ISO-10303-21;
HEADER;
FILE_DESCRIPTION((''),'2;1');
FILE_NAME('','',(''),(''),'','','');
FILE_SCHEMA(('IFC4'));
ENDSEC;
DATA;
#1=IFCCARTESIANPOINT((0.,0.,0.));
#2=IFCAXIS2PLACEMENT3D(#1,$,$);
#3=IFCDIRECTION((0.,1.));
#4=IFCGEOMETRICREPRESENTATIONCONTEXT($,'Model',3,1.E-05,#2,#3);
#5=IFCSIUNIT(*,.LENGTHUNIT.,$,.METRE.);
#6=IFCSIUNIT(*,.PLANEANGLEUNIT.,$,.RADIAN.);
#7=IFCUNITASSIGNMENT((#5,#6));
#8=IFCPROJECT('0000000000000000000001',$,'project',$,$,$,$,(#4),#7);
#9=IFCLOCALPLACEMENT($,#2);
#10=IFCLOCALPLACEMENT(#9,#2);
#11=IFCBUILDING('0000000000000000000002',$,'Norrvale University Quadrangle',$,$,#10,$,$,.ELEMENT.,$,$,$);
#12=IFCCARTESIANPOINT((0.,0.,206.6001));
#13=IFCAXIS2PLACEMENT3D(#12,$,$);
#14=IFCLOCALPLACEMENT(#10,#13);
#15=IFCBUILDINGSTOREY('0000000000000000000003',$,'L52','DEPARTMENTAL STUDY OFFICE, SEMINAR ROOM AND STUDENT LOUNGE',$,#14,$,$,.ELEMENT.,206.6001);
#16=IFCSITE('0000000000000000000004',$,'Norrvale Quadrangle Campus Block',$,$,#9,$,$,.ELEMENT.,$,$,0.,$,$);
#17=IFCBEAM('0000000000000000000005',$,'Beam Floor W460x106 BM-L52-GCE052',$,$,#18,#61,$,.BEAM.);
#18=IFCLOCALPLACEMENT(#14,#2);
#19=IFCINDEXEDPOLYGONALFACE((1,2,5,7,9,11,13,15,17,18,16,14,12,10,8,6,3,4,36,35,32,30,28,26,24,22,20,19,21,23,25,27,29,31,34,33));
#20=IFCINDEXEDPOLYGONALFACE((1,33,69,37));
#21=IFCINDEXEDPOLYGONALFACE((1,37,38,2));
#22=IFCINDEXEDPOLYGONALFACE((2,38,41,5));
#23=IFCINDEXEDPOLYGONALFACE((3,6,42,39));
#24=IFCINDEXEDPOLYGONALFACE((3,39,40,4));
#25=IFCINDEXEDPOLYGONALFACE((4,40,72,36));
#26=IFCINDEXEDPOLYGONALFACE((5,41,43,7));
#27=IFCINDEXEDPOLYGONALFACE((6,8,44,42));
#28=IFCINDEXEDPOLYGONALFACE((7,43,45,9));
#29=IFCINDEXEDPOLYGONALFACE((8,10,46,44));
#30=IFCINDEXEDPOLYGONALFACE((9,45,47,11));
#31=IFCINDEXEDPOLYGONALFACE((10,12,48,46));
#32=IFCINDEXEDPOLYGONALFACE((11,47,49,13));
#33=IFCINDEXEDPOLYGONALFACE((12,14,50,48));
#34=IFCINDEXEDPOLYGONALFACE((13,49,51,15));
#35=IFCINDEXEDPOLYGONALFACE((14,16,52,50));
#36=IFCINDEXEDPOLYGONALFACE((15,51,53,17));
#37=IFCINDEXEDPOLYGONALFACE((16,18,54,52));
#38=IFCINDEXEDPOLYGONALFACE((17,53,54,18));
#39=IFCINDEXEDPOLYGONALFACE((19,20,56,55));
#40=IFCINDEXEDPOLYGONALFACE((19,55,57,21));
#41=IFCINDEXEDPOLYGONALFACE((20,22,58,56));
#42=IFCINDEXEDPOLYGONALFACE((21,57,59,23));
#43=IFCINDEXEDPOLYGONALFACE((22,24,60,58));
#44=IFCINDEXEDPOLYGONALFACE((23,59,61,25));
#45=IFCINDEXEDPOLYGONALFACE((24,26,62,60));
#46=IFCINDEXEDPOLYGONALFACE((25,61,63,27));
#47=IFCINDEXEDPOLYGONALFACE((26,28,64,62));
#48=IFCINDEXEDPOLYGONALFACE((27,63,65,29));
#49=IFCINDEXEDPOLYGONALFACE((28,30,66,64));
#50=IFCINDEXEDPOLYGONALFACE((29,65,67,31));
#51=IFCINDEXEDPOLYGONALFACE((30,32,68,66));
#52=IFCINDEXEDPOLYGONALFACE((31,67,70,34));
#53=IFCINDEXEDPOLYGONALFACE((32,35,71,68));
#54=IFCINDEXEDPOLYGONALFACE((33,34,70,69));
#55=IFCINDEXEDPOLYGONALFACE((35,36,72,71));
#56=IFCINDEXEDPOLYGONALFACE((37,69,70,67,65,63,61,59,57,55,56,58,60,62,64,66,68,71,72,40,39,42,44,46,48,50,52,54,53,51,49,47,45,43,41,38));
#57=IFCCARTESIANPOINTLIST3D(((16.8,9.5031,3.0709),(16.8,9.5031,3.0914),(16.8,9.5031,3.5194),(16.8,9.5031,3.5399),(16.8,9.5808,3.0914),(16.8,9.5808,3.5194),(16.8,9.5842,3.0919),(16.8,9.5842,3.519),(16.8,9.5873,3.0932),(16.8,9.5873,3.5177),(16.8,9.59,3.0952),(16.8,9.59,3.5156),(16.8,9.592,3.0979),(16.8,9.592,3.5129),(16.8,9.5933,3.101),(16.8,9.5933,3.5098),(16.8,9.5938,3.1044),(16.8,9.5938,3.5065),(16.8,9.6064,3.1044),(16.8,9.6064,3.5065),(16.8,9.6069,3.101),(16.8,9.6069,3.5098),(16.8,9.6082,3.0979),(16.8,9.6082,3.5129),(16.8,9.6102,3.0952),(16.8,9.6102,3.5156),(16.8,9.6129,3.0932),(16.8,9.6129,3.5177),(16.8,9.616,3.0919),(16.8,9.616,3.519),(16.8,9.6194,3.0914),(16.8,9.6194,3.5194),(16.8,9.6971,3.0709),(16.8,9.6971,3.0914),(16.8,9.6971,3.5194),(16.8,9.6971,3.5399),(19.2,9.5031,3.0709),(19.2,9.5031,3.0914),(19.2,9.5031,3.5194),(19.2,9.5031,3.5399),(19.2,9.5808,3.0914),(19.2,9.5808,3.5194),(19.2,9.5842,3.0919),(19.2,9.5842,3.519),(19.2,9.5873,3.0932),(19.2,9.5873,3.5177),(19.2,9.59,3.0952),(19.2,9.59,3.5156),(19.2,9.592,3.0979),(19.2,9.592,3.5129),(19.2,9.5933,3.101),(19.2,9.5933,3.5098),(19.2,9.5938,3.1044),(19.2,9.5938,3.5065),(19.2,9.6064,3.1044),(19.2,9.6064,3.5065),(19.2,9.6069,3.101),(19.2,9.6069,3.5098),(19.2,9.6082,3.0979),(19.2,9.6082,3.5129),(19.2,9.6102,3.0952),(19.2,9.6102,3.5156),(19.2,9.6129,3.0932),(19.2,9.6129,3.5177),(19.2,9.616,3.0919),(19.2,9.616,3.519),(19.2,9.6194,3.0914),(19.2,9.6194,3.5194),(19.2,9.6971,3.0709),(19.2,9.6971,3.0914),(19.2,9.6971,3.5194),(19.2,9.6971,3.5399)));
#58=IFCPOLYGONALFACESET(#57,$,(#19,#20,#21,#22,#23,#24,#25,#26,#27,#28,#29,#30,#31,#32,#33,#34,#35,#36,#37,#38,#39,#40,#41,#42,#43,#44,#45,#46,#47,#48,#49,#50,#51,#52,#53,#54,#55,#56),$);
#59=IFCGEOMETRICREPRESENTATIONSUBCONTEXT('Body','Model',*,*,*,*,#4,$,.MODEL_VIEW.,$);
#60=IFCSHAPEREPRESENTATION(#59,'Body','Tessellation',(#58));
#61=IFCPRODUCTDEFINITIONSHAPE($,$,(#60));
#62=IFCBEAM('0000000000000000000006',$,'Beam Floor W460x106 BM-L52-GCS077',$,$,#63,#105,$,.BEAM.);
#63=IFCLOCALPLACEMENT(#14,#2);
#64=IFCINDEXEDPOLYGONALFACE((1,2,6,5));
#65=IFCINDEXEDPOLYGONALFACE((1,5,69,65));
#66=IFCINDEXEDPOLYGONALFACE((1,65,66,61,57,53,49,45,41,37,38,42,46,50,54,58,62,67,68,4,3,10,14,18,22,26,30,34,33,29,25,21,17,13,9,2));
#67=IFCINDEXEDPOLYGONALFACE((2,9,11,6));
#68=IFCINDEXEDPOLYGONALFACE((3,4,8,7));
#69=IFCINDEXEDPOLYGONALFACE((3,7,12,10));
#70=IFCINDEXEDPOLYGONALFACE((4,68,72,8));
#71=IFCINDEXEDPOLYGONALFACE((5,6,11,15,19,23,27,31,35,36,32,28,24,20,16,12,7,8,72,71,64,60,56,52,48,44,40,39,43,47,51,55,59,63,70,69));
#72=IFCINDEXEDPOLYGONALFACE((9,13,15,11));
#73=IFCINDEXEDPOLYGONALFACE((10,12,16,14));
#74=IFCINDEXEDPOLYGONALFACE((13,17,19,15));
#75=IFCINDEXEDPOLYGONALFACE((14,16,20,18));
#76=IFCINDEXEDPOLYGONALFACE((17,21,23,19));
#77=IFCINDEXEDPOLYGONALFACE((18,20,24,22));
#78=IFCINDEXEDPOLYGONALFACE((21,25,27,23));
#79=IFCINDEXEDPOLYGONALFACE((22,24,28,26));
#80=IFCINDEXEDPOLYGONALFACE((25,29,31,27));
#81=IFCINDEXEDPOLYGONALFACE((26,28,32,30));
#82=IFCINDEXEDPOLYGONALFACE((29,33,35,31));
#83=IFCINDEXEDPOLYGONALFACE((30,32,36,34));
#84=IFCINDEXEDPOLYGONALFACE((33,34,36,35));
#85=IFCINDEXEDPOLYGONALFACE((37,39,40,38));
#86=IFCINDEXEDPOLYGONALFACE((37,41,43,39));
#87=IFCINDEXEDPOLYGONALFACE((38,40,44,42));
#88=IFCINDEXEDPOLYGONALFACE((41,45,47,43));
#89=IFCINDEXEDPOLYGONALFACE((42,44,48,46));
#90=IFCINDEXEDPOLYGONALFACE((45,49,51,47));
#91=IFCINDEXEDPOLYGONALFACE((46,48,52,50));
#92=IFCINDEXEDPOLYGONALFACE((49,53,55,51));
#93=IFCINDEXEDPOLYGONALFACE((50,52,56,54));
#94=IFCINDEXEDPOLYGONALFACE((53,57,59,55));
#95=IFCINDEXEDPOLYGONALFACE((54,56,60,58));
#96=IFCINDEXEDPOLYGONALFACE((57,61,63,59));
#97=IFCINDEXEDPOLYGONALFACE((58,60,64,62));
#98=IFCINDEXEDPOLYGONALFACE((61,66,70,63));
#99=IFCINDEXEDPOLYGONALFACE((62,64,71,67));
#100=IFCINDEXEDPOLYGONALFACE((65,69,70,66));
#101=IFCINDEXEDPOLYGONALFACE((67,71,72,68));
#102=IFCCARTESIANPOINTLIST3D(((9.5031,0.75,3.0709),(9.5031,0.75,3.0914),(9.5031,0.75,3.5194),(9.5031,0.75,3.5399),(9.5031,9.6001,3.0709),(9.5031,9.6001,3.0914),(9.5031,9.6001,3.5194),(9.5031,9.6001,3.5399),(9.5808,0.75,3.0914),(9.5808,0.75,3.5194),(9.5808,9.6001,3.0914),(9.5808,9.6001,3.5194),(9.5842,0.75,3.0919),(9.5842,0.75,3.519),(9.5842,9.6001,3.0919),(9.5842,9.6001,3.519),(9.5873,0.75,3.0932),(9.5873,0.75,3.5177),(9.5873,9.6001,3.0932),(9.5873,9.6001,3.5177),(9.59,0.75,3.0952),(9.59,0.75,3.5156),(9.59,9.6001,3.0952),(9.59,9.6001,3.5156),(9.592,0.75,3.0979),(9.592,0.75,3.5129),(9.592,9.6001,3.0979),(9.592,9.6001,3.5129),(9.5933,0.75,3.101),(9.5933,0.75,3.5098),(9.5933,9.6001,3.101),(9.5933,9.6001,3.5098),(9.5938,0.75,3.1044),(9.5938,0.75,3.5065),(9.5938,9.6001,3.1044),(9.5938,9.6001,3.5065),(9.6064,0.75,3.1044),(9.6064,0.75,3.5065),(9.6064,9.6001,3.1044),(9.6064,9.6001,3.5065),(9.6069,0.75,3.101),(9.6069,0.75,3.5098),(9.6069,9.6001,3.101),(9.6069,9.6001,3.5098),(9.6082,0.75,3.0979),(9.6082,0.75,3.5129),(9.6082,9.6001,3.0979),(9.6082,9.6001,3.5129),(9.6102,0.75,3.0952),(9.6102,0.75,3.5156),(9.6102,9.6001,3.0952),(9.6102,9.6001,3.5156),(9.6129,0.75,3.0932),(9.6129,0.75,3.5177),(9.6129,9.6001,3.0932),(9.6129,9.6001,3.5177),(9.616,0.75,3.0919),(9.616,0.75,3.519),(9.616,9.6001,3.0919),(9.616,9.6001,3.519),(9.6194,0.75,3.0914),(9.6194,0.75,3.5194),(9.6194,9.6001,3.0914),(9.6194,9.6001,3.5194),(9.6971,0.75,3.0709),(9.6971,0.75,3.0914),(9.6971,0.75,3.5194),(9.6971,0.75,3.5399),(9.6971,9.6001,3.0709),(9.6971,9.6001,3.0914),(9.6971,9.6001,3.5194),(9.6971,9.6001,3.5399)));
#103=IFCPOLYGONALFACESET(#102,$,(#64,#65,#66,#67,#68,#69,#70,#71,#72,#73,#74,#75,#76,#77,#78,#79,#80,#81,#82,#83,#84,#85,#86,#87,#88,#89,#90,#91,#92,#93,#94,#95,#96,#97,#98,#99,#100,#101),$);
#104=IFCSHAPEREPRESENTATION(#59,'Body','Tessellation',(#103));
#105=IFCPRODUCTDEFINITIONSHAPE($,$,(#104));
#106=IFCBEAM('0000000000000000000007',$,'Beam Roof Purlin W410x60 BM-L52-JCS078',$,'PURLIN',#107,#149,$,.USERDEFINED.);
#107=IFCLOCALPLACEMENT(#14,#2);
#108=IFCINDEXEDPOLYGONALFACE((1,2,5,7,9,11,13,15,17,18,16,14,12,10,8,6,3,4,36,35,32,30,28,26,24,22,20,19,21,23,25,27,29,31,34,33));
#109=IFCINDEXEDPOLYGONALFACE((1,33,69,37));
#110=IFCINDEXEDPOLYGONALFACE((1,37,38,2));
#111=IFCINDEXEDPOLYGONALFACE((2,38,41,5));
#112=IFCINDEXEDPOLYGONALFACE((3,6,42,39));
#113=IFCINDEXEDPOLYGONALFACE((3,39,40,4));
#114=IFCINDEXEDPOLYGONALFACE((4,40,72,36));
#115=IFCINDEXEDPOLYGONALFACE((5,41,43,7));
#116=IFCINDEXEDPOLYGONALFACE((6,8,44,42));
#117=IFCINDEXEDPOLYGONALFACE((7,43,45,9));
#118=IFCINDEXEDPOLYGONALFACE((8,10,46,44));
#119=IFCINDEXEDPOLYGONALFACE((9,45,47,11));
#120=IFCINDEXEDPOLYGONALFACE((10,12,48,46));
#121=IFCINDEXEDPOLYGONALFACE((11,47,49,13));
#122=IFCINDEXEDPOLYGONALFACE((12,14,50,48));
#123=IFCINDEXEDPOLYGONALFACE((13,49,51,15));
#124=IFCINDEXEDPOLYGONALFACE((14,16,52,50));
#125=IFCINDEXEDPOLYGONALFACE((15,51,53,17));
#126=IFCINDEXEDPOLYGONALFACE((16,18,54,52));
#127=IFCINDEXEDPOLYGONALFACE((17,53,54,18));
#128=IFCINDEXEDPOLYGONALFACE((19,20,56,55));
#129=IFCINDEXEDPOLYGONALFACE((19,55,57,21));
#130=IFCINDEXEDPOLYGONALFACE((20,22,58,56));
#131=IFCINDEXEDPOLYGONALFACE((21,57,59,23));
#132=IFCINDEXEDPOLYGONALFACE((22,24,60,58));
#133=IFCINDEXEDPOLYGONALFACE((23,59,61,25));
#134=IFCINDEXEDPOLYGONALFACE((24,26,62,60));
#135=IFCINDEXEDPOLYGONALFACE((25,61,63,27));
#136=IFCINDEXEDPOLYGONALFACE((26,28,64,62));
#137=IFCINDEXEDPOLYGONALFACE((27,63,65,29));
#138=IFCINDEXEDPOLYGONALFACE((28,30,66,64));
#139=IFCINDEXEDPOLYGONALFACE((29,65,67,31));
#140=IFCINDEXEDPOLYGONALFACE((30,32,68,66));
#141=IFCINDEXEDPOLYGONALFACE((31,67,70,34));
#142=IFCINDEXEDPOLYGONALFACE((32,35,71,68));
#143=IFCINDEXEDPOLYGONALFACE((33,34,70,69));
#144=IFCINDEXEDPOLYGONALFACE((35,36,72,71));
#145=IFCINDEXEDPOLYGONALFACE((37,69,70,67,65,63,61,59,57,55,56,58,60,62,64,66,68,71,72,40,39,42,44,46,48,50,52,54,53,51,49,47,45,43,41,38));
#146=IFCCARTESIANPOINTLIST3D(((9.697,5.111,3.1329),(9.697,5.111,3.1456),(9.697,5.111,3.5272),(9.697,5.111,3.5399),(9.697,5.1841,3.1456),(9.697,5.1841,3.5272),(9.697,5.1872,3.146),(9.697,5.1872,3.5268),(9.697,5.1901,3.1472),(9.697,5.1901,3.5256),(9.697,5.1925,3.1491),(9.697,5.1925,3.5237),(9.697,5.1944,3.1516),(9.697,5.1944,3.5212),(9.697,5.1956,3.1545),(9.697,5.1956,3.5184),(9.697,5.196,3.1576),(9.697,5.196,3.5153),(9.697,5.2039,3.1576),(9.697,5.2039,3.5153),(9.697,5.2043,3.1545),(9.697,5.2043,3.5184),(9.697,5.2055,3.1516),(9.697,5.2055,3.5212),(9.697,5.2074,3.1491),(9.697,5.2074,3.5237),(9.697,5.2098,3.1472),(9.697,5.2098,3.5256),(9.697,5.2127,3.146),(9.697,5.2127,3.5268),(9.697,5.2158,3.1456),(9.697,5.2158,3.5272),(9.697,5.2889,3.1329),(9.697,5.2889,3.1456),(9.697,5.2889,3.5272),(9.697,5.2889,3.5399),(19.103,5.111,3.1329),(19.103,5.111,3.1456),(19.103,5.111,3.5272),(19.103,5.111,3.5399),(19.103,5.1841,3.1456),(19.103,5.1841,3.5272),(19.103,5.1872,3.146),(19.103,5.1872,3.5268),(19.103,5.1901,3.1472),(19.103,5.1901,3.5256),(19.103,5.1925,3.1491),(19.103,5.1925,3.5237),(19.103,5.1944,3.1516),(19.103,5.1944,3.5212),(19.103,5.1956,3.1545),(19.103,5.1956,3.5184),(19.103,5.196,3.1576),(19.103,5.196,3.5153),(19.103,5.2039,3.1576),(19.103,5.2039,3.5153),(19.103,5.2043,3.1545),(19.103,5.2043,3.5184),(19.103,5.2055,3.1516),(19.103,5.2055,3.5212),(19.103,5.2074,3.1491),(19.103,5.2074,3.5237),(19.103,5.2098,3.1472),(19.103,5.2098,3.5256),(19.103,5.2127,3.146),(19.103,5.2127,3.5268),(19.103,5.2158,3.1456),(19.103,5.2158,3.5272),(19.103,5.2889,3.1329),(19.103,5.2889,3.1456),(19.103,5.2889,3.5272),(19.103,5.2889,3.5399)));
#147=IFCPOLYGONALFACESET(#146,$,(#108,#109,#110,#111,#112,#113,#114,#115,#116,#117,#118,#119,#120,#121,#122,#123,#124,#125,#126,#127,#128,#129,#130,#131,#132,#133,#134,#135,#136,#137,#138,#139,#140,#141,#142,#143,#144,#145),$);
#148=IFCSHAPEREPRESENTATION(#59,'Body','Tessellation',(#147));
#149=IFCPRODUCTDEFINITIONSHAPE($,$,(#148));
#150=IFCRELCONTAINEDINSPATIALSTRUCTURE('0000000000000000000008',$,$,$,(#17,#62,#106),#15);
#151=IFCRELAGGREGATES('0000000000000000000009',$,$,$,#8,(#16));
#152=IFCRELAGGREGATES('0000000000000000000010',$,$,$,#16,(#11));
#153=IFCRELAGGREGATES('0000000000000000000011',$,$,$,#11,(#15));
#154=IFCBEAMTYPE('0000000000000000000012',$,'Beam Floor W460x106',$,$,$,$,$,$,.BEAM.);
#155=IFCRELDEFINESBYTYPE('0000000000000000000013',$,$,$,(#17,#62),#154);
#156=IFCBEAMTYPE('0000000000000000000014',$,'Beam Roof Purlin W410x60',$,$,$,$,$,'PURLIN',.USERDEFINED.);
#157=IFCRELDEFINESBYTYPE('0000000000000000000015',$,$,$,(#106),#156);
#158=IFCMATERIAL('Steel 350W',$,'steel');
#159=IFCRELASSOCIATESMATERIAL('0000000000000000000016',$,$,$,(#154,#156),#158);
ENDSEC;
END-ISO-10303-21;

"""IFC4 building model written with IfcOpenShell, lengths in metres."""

from ifc_helpers import new_model, si_unit, direction, frame, origin, origin_2d, place, context, subcontext, project, spatial, i_section, extrude, material, material_profile, profile_set, type_object, element, save


model = new_model("IFC4")

# Units and contexts
model_context = context("Model", 3, precision=1e-05, world=origin(), true_north=direction((0.0, 1.0)))
body_context = subcontext(model_context, "Body", "Model", "MODEL_VIEW")
ifc_project = project(units=[si_unit("LENGTHUNIT", "METRE"), si_unit("PLANEANGLEUNIT", "RADIAN")], contexts=[model_context])

# Site, building, storey
site_placement = place(None, origin())
site = spatial("IfcSite", under=ifc_project, at=site_placement, Name="Norrvale Quadrangle Campus Block", CompositionType="ELEMENT", RefElevation=0.0)
building_placement = place(site_placement, origin())
building = spatial("IfcBuilding", under=site, at=building_placement, Name="Norrvale University Quadrangle", CompositionType="ELEMENT")
storey_placement = place(building_placement, frame((0.0, 0.0, 206.6001)))
storey = spatial("IfcBuildingStorey", under=building, at=storey_placement, Name="L52", Description="DEPARTMENTAL STUDY OFFICE, SEMINAR ROOM AND STUDENT LOUNGE", CompositionType="ELEMENT", Elevation=206.6001)

# Beams
ifc_material_1 = material(Name="Steel 350W", Category="steel")
ifc_material_profile_1 = material_profile(ifc_material_1, i_section(OverallWidth=0.1941, OverallDepth=0.469, WebThickness=0.0127, FlangeThickness=0.0205, FilletRadius=0.0129, at=origin_2d()), Name="Steel 350W")
ifc_profile_set_1 = profile_set([ifc_material_profile_1], Name="Steel 350W")
beam_type_1 = type_object("IfcBeamType", Name="Beam Floor W460x106", PredefinedType="BEAM", material=ifc_profile_set_1)
beam_1_placement = place(storey_placement, frame((16.8, 9.6001, 3.3054), z_axis=(1.0, 0.0, 0.0), x_axis=(0.0, 1.0, 0.0)))
element("IfcBeam", 1, at=beam_1_placement, inside=storey, type_object=beam_type_1, Name="Beam Floor W460x106 BM-L52-GCE052", PredefinedType="BEAM", context=body_context, shape_type="SweptSolid", body=[
    extrude(i_section(OverallWidth=0.1941, OverallDepth=0.469, WebThickness=0.0127, FlangeThickness=0.0205, FilletRadius=0.0129, at=origin_2d()), origin(), (0.0, 0.0, 1.0), 2.3999),
])
beam_2_placement = place(storey_placement, frame((9.6001, 0.75, 3.3054), z_axis=(0.0, 1.0, 0.0), x_axis=(-1.0, 0.0, 0.0)))
element("IfcBeam", 2, at=beam_2_placement, inside=storey, type_object=beam_type_1, Name="Beam Floor W460x106 BM-L52-GCS077", PredefinedType="BEAM", context=body_context, shape_type="SweptSolid", body=[
    extrude(i_section(OverallWidth=0.1941, OverallDepth=0.469, WebThickness=0.0127, FlangeThickness=0.0205, FilletRadius=0.0129, at=origin_2d()), origin(), (0.0, 0.0, 1.0), 8.8501),
])
ifc_material_profile_2 = material_profile(ifc_material_1, i_section(OverallWidth=0.178, OverallDepth=0.407, WebThickness=0.0078, FlangeThickness=0.0127, FilletRadius=0.012, at=origin_2d()), Name="Steel 350W")
ifc_profile_set_2 = profile_set([ifc_material_profile_2], Name="Steel 350W")
beam_type_2 = type_object("IfcBeamType", Name="Beam Roof Purlin W410x60", ElementType="PURLIN", PredefinedType="USERDEFINED", material=ifc_profile_set_2)
beam_3_placement = place(storey_placement, frame((9.697, 5.2, 3.3364), z_axis=(1.0, 0.0, 0.0), x_axis=(0.0, 1.0, 0.0)))
element("IfcBeam", 3, at=beam_3_placement, inside=storey, type_object=beam_type_2, Name="Beam Roof Purlin W410x60 BM-L52-JCS078", ObjectType="PURLIN", PredefinedType="USERDEFINED", context=body_context, shape_type="SweptSolid", body=[
    extrude(i_section(OverallWidth=0.178, OverallDepth=0.407, WebThickness=0.0078, FlangeThickness=0.0127, FilletRadius=0.012, at=origin_2d()), origin(), (0.0, 0.0, 1.0), 9.406),
])

save(model, "model.ifc")
